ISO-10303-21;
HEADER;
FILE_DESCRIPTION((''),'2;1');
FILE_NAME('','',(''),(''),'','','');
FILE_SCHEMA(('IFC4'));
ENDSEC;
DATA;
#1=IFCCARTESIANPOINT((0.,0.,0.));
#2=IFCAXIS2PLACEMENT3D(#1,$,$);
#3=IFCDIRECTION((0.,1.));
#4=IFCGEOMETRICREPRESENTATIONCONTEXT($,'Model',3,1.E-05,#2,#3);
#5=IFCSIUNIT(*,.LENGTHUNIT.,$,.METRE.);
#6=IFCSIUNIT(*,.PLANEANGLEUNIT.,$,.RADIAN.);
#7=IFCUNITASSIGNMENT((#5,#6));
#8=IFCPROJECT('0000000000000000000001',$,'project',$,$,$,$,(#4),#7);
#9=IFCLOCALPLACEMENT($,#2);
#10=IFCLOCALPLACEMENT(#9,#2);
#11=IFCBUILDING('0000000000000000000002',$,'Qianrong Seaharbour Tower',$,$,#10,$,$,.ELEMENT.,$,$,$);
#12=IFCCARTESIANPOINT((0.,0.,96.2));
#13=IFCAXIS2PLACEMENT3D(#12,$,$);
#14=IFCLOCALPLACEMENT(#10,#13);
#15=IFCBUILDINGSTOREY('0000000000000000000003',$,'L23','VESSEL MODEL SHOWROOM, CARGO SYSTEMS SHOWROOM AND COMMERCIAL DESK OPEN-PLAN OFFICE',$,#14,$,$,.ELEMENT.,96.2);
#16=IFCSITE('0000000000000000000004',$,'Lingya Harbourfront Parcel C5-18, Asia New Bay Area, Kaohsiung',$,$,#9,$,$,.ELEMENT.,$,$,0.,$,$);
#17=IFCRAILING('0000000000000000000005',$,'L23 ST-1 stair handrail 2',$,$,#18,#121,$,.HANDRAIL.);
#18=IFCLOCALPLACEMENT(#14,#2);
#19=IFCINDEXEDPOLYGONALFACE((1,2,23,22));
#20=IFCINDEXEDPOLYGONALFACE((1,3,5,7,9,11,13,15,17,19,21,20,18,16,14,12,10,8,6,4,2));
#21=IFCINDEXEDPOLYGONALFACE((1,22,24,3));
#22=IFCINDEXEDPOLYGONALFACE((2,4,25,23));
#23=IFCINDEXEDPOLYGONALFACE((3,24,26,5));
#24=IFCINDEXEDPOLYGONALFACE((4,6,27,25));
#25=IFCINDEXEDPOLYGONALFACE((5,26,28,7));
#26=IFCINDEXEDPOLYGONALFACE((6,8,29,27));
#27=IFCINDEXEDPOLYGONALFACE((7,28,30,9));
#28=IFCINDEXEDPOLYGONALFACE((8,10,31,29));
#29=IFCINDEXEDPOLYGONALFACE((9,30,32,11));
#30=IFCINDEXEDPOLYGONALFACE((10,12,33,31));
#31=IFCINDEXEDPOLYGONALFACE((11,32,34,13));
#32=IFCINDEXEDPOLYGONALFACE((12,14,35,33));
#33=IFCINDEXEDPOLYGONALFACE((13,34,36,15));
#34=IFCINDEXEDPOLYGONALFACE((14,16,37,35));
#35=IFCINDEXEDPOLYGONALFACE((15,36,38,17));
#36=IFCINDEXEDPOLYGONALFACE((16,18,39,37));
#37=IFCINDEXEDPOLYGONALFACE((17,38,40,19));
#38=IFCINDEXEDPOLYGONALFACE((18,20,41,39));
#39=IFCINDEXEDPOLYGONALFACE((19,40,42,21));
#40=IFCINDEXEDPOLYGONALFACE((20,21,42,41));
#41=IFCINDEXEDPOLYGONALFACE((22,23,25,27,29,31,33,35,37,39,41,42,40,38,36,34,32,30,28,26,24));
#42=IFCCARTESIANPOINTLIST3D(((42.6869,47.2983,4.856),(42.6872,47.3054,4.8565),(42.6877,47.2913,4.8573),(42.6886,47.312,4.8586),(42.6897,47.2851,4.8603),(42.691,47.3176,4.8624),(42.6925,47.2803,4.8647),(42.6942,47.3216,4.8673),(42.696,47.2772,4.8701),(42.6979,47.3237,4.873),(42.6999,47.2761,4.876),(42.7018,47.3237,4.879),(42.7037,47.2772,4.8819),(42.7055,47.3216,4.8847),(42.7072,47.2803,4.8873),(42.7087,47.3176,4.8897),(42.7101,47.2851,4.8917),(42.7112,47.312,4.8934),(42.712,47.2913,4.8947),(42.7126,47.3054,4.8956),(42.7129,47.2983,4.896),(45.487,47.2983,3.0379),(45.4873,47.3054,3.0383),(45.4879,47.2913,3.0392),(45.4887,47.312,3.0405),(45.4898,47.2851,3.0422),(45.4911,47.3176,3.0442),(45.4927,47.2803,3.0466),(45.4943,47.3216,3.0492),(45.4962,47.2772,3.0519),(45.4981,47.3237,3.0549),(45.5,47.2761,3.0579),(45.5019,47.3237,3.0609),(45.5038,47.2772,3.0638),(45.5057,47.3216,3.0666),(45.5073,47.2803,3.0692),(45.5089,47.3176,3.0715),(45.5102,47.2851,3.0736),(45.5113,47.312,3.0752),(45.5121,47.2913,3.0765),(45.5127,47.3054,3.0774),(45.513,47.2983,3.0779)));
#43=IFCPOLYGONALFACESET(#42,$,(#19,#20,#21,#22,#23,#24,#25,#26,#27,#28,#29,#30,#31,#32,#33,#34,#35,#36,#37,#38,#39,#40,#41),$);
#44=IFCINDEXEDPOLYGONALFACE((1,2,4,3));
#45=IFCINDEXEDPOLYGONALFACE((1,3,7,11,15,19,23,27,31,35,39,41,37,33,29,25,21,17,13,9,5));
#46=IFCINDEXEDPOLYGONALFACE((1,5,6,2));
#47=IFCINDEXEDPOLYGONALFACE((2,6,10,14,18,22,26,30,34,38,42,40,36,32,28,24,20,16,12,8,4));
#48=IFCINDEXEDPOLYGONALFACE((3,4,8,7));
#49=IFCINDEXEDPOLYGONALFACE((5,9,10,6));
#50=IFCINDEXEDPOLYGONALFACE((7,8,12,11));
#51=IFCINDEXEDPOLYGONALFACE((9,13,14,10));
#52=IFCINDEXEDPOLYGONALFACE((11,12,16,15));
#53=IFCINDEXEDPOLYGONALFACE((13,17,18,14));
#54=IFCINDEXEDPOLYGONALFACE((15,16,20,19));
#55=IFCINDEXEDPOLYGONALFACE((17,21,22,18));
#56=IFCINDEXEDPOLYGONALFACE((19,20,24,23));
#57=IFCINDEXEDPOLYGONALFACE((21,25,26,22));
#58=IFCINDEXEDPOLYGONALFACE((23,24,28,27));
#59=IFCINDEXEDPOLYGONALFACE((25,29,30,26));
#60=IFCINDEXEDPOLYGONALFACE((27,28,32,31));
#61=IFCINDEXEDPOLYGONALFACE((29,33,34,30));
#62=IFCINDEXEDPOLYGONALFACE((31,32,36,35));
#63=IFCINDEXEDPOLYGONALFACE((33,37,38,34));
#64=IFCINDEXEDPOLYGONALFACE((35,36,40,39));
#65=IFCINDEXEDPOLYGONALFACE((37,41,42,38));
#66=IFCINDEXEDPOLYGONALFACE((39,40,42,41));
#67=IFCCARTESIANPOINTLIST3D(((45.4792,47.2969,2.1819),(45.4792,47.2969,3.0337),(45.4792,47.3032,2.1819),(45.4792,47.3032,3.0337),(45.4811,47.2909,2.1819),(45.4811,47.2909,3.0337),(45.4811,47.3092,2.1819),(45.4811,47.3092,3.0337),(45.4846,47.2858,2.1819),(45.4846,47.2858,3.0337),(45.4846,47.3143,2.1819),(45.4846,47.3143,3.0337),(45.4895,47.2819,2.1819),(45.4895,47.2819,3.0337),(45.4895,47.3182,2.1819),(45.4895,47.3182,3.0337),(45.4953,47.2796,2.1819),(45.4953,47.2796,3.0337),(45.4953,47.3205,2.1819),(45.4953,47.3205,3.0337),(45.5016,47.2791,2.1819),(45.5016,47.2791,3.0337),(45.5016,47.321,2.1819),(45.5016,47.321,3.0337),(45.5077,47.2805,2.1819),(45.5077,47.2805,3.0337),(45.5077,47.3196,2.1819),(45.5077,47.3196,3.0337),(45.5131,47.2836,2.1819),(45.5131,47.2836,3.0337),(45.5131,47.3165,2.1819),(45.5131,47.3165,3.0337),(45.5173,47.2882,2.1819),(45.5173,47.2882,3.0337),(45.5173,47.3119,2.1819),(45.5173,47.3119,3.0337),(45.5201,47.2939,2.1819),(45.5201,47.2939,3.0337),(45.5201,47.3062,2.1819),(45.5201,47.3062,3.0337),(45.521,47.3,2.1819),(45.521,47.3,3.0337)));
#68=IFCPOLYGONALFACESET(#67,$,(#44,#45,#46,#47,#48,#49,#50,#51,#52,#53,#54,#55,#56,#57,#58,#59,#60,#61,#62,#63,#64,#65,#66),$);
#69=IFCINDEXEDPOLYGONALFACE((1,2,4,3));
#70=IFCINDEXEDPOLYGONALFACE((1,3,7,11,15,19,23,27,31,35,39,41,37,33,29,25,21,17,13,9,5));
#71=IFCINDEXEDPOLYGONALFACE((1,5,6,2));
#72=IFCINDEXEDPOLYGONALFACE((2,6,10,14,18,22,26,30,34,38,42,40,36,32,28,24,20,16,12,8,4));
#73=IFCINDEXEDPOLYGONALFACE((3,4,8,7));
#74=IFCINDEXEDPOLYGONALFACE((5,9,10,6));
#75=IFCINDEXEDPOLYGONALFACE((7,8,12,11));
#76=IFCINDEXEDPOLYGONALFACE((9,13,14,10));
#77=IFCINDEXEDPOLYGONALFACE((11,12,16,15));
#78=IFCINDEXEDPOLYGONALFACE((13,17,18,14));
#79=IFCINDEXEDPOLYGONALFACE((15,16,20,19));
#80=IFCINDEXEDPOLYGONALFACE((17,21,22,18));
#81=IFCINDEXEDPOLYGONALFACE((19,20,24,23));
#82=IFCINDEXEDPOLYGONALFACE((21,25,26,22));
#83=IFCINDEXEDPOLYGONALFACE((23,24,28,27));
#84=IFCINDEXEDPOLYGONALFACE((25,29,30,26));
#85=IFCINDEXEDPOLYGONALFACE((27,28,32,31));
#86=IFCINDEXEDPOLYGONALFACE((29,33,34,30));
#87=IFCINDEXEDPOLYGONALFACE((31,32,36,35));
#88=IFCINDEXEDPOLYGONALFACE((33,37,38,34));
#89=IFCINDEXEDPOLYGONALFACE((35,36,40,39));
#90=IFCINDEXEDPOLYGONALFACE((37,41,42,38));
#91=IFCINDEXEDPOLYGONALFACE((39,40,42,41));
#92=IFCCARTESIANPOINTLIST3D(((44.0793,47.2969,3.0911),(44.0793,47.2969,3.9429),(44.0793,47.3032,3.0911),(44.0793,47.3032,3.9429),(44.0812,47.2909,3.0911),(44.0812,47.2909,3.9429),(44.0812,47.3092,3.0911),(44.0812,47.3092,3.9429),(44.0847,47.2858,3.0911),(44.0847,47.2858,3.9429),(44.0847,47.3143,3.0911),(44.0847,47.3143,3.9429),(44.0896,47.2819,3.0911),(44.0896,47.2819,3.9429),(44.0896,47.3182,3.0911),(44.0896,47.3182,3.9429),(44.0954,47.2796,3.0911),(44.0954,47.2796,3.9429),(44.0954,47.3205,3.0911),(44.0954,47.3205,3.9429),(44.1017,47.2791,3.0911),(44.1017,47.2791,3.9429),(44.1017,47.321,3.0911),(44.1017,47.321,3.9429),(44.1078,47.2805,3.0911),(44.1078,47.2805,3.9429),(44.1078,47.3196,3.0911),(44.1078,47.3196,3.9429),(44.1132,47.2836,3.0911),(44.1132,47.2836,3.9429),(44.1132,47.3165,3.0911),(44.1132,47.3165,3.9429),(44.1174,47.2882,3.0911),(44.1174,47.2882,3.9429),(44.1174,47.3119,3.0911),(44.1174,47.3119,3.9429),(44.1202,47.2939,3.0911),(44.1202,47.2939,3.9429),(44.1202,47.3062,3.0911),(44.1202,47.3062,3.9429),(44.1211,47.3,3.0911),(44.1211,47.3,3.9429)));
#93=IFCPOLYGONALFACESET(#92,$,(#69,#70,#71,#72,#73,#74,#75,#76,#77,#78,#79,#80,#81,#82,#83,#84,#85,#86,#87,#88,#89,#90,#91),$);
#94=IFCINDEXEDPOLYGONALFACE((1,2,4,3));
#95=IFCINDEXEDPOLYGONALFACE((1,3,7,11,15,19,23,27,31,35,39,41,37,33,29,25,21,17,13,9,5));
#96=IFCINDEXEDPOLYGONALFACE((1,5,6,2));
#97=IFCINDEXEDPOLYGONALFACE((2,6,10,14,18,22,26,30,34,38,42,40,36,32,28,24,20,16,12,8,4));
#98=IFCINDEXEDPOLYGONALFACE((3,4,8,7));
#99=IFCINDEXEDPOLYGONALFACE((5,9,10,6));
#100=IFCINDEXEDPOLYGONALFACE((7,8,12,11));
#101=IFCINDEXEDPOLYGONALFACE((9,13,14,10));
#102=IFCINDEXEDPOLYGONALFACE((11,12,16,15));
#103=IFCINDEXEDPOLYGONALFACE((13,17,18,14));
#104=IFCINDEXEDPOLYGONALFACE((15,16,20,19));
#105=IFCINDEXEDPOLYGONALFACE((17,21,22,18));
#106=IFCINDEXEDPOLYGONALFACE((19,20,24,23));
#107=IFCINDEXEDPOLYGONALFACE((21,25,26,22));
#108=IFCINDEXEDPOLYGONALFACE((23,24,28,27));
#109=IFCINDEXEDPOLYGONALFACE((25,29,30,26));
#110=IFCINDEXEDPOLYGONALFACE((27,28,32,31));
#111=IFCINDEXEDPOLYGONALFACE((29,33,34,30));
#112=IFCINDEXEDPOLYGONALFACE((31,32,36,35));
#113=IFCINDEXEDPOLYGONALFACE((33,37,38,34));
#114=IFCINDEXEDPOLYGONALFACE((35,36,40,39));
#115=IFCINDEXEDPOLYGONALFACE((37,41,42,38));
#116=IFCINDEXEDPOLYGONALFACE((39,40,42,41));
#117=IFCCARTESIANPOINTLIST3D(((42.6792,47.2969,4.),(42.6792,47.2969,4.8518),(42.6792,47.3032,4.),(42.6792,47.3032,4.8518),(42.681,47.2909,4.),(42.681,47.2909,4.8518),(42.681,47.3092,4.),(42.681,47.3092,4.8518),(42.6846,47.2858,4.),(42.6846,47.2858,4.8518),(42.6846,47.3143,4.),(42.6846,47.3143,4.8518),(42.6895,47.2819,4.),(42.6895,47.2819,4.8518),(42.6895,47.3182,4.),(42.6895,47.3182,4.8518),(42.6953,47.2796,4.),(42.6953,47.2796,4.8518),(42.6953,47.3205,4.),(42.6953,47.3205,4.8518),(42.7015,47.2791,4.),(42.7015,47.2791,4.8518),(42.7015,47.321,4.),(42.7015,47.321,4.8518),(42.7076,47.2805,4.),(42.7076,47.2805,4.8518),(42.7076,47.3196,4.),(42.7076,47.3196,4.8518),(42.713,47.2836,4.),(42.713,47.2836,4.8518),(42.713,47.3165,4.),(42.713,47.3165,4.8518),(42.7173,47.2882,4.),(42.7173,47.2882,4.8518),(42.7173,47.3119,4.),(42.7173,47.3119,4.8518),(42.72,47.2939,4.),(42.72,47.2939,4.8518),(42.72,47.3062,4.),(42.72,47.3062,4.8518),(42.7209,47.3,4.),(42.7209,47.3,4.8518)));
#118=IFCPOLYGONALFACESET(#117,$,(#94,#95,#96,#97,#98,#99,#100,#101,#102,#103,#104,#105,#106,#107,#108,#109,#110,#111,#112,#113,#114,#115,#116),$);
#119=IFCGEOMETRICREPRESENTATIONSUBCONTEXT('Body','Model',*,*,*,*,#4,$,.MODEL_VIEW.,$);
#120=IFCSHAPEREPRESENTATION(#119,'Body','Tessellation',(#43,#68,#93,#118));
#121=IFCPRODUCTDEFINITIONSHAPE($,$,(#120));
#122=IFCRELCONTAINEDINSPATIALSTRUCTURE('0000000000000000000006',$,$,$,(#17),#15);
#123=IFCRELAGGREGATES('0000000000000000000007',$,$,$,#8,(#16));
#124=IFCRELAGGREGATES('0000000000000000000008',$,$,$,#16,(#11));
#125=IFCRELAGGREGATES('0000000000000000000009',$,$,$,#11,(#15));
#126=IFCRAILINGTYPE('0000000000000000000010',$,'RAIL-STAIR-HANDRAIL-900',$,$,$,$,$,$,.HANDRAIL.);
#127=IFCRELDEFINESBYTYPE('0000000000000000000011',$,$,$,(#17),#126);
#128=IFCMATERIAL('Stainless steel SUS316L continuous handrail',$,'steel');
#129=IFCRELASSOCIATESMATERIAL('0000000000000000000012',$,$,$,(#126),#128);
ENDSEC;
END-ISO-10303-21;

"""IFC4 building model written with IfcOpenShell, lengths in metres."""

from ifc_helpers import new_model, si_unit, direction, frame, origin, origin_2d, place, context, subcontext, project, spatial, circle, extrude, material, type_object, element, save


model = new_model("IFC4")

# Units and contexts
model_context = context("Model", 3, precision=1e-05, world=origin(), true_north=direction((0.0, 1.0)))
body_context = subcontext(model_context, "Body", "Model", "MODEL_VIEW")
ifc_project = project(units=[si_unit("LENGTHUNIT", "METRE"), si_unit("PLANEANGLEUNIT", "RADIAN")], contexts=[model_context])

# Site, building, storey
site_placement = place(None, origin())
site = spatial("IfcSite", under=ifc_project, at=site_placement, Name="Lingya Harbourfront Parcel C5-18, Asia New Bay Area, Kaohsiung", CompositionType="ELEMENT", RefElevation=0.0)
building_placement = place(site_placement, origin())
building = spatial("IfcBuilding", under=site, at=building_placement, Name="Qianrong Seaharbour Tower", CompositionType="ELEMENT")
storey_placement = place(building_placement, frame((0.0, 0.0, 96.2)))
storey = spatial("IfcBuildingStorey", under=building, at=storey_placement, Name="L23", Description="VESSEL MODEL SHOWROOM, CARGO SYSTEMS SHOWROOM AND COMMERCIAL DESK OPEN-PLAN OFFICE", CompositionType="ELEMENT", Elevation=96.2)

# Railing
ifc_material_1 = material(Name="Stainless steel SUS316L continuous handrail", Category="steel")
railing_type_1 = type_object("IfcRailingType", Name="RAIL-STAIR-HANDRAIL-900", PredefinedType="HANDRAIL", material=ifc_material_1)
railing_1_placement = place(storey_placement, frame((45.5, 47.3, 2.1819)))
element("IfcRailing", 1, at=railing_1_placement, inside=storey, type_object=railing_type_1, Name="L23 ST-1 stair handrail 2", PredefinedType="HANDRAIL", context=body_context, shape_type="SweptSolid", body=[
    extrude(circle(Radius=0.0239, at=origin_2d()), frame((0.0, 0.0, 0.876), z_axis=(-0.838706, 0.0, 0.544585), x_axis=(0.0, -1.0, 0.0)), (0.0, 0.0, 1.0), 3.3386),
    extrude(circle(Radius=0.021, at=origin_2d()), origin(), (0.0, 0.0, 1.0), 0.8518),
    extrude(circle(Radius=0.021, at=origin_2d()), frame((-1.3999, 0.0, 0.9092)), (0.0, 0.0, 1.0), 0.8518),
    extrude(circle(Radius=0.021, at=origin_2d()), frame((-2.8, 0.0, 1.8181)), (0.0, 0.0, 1.0), 0.8518),
])

save(model, "model.ifc")
